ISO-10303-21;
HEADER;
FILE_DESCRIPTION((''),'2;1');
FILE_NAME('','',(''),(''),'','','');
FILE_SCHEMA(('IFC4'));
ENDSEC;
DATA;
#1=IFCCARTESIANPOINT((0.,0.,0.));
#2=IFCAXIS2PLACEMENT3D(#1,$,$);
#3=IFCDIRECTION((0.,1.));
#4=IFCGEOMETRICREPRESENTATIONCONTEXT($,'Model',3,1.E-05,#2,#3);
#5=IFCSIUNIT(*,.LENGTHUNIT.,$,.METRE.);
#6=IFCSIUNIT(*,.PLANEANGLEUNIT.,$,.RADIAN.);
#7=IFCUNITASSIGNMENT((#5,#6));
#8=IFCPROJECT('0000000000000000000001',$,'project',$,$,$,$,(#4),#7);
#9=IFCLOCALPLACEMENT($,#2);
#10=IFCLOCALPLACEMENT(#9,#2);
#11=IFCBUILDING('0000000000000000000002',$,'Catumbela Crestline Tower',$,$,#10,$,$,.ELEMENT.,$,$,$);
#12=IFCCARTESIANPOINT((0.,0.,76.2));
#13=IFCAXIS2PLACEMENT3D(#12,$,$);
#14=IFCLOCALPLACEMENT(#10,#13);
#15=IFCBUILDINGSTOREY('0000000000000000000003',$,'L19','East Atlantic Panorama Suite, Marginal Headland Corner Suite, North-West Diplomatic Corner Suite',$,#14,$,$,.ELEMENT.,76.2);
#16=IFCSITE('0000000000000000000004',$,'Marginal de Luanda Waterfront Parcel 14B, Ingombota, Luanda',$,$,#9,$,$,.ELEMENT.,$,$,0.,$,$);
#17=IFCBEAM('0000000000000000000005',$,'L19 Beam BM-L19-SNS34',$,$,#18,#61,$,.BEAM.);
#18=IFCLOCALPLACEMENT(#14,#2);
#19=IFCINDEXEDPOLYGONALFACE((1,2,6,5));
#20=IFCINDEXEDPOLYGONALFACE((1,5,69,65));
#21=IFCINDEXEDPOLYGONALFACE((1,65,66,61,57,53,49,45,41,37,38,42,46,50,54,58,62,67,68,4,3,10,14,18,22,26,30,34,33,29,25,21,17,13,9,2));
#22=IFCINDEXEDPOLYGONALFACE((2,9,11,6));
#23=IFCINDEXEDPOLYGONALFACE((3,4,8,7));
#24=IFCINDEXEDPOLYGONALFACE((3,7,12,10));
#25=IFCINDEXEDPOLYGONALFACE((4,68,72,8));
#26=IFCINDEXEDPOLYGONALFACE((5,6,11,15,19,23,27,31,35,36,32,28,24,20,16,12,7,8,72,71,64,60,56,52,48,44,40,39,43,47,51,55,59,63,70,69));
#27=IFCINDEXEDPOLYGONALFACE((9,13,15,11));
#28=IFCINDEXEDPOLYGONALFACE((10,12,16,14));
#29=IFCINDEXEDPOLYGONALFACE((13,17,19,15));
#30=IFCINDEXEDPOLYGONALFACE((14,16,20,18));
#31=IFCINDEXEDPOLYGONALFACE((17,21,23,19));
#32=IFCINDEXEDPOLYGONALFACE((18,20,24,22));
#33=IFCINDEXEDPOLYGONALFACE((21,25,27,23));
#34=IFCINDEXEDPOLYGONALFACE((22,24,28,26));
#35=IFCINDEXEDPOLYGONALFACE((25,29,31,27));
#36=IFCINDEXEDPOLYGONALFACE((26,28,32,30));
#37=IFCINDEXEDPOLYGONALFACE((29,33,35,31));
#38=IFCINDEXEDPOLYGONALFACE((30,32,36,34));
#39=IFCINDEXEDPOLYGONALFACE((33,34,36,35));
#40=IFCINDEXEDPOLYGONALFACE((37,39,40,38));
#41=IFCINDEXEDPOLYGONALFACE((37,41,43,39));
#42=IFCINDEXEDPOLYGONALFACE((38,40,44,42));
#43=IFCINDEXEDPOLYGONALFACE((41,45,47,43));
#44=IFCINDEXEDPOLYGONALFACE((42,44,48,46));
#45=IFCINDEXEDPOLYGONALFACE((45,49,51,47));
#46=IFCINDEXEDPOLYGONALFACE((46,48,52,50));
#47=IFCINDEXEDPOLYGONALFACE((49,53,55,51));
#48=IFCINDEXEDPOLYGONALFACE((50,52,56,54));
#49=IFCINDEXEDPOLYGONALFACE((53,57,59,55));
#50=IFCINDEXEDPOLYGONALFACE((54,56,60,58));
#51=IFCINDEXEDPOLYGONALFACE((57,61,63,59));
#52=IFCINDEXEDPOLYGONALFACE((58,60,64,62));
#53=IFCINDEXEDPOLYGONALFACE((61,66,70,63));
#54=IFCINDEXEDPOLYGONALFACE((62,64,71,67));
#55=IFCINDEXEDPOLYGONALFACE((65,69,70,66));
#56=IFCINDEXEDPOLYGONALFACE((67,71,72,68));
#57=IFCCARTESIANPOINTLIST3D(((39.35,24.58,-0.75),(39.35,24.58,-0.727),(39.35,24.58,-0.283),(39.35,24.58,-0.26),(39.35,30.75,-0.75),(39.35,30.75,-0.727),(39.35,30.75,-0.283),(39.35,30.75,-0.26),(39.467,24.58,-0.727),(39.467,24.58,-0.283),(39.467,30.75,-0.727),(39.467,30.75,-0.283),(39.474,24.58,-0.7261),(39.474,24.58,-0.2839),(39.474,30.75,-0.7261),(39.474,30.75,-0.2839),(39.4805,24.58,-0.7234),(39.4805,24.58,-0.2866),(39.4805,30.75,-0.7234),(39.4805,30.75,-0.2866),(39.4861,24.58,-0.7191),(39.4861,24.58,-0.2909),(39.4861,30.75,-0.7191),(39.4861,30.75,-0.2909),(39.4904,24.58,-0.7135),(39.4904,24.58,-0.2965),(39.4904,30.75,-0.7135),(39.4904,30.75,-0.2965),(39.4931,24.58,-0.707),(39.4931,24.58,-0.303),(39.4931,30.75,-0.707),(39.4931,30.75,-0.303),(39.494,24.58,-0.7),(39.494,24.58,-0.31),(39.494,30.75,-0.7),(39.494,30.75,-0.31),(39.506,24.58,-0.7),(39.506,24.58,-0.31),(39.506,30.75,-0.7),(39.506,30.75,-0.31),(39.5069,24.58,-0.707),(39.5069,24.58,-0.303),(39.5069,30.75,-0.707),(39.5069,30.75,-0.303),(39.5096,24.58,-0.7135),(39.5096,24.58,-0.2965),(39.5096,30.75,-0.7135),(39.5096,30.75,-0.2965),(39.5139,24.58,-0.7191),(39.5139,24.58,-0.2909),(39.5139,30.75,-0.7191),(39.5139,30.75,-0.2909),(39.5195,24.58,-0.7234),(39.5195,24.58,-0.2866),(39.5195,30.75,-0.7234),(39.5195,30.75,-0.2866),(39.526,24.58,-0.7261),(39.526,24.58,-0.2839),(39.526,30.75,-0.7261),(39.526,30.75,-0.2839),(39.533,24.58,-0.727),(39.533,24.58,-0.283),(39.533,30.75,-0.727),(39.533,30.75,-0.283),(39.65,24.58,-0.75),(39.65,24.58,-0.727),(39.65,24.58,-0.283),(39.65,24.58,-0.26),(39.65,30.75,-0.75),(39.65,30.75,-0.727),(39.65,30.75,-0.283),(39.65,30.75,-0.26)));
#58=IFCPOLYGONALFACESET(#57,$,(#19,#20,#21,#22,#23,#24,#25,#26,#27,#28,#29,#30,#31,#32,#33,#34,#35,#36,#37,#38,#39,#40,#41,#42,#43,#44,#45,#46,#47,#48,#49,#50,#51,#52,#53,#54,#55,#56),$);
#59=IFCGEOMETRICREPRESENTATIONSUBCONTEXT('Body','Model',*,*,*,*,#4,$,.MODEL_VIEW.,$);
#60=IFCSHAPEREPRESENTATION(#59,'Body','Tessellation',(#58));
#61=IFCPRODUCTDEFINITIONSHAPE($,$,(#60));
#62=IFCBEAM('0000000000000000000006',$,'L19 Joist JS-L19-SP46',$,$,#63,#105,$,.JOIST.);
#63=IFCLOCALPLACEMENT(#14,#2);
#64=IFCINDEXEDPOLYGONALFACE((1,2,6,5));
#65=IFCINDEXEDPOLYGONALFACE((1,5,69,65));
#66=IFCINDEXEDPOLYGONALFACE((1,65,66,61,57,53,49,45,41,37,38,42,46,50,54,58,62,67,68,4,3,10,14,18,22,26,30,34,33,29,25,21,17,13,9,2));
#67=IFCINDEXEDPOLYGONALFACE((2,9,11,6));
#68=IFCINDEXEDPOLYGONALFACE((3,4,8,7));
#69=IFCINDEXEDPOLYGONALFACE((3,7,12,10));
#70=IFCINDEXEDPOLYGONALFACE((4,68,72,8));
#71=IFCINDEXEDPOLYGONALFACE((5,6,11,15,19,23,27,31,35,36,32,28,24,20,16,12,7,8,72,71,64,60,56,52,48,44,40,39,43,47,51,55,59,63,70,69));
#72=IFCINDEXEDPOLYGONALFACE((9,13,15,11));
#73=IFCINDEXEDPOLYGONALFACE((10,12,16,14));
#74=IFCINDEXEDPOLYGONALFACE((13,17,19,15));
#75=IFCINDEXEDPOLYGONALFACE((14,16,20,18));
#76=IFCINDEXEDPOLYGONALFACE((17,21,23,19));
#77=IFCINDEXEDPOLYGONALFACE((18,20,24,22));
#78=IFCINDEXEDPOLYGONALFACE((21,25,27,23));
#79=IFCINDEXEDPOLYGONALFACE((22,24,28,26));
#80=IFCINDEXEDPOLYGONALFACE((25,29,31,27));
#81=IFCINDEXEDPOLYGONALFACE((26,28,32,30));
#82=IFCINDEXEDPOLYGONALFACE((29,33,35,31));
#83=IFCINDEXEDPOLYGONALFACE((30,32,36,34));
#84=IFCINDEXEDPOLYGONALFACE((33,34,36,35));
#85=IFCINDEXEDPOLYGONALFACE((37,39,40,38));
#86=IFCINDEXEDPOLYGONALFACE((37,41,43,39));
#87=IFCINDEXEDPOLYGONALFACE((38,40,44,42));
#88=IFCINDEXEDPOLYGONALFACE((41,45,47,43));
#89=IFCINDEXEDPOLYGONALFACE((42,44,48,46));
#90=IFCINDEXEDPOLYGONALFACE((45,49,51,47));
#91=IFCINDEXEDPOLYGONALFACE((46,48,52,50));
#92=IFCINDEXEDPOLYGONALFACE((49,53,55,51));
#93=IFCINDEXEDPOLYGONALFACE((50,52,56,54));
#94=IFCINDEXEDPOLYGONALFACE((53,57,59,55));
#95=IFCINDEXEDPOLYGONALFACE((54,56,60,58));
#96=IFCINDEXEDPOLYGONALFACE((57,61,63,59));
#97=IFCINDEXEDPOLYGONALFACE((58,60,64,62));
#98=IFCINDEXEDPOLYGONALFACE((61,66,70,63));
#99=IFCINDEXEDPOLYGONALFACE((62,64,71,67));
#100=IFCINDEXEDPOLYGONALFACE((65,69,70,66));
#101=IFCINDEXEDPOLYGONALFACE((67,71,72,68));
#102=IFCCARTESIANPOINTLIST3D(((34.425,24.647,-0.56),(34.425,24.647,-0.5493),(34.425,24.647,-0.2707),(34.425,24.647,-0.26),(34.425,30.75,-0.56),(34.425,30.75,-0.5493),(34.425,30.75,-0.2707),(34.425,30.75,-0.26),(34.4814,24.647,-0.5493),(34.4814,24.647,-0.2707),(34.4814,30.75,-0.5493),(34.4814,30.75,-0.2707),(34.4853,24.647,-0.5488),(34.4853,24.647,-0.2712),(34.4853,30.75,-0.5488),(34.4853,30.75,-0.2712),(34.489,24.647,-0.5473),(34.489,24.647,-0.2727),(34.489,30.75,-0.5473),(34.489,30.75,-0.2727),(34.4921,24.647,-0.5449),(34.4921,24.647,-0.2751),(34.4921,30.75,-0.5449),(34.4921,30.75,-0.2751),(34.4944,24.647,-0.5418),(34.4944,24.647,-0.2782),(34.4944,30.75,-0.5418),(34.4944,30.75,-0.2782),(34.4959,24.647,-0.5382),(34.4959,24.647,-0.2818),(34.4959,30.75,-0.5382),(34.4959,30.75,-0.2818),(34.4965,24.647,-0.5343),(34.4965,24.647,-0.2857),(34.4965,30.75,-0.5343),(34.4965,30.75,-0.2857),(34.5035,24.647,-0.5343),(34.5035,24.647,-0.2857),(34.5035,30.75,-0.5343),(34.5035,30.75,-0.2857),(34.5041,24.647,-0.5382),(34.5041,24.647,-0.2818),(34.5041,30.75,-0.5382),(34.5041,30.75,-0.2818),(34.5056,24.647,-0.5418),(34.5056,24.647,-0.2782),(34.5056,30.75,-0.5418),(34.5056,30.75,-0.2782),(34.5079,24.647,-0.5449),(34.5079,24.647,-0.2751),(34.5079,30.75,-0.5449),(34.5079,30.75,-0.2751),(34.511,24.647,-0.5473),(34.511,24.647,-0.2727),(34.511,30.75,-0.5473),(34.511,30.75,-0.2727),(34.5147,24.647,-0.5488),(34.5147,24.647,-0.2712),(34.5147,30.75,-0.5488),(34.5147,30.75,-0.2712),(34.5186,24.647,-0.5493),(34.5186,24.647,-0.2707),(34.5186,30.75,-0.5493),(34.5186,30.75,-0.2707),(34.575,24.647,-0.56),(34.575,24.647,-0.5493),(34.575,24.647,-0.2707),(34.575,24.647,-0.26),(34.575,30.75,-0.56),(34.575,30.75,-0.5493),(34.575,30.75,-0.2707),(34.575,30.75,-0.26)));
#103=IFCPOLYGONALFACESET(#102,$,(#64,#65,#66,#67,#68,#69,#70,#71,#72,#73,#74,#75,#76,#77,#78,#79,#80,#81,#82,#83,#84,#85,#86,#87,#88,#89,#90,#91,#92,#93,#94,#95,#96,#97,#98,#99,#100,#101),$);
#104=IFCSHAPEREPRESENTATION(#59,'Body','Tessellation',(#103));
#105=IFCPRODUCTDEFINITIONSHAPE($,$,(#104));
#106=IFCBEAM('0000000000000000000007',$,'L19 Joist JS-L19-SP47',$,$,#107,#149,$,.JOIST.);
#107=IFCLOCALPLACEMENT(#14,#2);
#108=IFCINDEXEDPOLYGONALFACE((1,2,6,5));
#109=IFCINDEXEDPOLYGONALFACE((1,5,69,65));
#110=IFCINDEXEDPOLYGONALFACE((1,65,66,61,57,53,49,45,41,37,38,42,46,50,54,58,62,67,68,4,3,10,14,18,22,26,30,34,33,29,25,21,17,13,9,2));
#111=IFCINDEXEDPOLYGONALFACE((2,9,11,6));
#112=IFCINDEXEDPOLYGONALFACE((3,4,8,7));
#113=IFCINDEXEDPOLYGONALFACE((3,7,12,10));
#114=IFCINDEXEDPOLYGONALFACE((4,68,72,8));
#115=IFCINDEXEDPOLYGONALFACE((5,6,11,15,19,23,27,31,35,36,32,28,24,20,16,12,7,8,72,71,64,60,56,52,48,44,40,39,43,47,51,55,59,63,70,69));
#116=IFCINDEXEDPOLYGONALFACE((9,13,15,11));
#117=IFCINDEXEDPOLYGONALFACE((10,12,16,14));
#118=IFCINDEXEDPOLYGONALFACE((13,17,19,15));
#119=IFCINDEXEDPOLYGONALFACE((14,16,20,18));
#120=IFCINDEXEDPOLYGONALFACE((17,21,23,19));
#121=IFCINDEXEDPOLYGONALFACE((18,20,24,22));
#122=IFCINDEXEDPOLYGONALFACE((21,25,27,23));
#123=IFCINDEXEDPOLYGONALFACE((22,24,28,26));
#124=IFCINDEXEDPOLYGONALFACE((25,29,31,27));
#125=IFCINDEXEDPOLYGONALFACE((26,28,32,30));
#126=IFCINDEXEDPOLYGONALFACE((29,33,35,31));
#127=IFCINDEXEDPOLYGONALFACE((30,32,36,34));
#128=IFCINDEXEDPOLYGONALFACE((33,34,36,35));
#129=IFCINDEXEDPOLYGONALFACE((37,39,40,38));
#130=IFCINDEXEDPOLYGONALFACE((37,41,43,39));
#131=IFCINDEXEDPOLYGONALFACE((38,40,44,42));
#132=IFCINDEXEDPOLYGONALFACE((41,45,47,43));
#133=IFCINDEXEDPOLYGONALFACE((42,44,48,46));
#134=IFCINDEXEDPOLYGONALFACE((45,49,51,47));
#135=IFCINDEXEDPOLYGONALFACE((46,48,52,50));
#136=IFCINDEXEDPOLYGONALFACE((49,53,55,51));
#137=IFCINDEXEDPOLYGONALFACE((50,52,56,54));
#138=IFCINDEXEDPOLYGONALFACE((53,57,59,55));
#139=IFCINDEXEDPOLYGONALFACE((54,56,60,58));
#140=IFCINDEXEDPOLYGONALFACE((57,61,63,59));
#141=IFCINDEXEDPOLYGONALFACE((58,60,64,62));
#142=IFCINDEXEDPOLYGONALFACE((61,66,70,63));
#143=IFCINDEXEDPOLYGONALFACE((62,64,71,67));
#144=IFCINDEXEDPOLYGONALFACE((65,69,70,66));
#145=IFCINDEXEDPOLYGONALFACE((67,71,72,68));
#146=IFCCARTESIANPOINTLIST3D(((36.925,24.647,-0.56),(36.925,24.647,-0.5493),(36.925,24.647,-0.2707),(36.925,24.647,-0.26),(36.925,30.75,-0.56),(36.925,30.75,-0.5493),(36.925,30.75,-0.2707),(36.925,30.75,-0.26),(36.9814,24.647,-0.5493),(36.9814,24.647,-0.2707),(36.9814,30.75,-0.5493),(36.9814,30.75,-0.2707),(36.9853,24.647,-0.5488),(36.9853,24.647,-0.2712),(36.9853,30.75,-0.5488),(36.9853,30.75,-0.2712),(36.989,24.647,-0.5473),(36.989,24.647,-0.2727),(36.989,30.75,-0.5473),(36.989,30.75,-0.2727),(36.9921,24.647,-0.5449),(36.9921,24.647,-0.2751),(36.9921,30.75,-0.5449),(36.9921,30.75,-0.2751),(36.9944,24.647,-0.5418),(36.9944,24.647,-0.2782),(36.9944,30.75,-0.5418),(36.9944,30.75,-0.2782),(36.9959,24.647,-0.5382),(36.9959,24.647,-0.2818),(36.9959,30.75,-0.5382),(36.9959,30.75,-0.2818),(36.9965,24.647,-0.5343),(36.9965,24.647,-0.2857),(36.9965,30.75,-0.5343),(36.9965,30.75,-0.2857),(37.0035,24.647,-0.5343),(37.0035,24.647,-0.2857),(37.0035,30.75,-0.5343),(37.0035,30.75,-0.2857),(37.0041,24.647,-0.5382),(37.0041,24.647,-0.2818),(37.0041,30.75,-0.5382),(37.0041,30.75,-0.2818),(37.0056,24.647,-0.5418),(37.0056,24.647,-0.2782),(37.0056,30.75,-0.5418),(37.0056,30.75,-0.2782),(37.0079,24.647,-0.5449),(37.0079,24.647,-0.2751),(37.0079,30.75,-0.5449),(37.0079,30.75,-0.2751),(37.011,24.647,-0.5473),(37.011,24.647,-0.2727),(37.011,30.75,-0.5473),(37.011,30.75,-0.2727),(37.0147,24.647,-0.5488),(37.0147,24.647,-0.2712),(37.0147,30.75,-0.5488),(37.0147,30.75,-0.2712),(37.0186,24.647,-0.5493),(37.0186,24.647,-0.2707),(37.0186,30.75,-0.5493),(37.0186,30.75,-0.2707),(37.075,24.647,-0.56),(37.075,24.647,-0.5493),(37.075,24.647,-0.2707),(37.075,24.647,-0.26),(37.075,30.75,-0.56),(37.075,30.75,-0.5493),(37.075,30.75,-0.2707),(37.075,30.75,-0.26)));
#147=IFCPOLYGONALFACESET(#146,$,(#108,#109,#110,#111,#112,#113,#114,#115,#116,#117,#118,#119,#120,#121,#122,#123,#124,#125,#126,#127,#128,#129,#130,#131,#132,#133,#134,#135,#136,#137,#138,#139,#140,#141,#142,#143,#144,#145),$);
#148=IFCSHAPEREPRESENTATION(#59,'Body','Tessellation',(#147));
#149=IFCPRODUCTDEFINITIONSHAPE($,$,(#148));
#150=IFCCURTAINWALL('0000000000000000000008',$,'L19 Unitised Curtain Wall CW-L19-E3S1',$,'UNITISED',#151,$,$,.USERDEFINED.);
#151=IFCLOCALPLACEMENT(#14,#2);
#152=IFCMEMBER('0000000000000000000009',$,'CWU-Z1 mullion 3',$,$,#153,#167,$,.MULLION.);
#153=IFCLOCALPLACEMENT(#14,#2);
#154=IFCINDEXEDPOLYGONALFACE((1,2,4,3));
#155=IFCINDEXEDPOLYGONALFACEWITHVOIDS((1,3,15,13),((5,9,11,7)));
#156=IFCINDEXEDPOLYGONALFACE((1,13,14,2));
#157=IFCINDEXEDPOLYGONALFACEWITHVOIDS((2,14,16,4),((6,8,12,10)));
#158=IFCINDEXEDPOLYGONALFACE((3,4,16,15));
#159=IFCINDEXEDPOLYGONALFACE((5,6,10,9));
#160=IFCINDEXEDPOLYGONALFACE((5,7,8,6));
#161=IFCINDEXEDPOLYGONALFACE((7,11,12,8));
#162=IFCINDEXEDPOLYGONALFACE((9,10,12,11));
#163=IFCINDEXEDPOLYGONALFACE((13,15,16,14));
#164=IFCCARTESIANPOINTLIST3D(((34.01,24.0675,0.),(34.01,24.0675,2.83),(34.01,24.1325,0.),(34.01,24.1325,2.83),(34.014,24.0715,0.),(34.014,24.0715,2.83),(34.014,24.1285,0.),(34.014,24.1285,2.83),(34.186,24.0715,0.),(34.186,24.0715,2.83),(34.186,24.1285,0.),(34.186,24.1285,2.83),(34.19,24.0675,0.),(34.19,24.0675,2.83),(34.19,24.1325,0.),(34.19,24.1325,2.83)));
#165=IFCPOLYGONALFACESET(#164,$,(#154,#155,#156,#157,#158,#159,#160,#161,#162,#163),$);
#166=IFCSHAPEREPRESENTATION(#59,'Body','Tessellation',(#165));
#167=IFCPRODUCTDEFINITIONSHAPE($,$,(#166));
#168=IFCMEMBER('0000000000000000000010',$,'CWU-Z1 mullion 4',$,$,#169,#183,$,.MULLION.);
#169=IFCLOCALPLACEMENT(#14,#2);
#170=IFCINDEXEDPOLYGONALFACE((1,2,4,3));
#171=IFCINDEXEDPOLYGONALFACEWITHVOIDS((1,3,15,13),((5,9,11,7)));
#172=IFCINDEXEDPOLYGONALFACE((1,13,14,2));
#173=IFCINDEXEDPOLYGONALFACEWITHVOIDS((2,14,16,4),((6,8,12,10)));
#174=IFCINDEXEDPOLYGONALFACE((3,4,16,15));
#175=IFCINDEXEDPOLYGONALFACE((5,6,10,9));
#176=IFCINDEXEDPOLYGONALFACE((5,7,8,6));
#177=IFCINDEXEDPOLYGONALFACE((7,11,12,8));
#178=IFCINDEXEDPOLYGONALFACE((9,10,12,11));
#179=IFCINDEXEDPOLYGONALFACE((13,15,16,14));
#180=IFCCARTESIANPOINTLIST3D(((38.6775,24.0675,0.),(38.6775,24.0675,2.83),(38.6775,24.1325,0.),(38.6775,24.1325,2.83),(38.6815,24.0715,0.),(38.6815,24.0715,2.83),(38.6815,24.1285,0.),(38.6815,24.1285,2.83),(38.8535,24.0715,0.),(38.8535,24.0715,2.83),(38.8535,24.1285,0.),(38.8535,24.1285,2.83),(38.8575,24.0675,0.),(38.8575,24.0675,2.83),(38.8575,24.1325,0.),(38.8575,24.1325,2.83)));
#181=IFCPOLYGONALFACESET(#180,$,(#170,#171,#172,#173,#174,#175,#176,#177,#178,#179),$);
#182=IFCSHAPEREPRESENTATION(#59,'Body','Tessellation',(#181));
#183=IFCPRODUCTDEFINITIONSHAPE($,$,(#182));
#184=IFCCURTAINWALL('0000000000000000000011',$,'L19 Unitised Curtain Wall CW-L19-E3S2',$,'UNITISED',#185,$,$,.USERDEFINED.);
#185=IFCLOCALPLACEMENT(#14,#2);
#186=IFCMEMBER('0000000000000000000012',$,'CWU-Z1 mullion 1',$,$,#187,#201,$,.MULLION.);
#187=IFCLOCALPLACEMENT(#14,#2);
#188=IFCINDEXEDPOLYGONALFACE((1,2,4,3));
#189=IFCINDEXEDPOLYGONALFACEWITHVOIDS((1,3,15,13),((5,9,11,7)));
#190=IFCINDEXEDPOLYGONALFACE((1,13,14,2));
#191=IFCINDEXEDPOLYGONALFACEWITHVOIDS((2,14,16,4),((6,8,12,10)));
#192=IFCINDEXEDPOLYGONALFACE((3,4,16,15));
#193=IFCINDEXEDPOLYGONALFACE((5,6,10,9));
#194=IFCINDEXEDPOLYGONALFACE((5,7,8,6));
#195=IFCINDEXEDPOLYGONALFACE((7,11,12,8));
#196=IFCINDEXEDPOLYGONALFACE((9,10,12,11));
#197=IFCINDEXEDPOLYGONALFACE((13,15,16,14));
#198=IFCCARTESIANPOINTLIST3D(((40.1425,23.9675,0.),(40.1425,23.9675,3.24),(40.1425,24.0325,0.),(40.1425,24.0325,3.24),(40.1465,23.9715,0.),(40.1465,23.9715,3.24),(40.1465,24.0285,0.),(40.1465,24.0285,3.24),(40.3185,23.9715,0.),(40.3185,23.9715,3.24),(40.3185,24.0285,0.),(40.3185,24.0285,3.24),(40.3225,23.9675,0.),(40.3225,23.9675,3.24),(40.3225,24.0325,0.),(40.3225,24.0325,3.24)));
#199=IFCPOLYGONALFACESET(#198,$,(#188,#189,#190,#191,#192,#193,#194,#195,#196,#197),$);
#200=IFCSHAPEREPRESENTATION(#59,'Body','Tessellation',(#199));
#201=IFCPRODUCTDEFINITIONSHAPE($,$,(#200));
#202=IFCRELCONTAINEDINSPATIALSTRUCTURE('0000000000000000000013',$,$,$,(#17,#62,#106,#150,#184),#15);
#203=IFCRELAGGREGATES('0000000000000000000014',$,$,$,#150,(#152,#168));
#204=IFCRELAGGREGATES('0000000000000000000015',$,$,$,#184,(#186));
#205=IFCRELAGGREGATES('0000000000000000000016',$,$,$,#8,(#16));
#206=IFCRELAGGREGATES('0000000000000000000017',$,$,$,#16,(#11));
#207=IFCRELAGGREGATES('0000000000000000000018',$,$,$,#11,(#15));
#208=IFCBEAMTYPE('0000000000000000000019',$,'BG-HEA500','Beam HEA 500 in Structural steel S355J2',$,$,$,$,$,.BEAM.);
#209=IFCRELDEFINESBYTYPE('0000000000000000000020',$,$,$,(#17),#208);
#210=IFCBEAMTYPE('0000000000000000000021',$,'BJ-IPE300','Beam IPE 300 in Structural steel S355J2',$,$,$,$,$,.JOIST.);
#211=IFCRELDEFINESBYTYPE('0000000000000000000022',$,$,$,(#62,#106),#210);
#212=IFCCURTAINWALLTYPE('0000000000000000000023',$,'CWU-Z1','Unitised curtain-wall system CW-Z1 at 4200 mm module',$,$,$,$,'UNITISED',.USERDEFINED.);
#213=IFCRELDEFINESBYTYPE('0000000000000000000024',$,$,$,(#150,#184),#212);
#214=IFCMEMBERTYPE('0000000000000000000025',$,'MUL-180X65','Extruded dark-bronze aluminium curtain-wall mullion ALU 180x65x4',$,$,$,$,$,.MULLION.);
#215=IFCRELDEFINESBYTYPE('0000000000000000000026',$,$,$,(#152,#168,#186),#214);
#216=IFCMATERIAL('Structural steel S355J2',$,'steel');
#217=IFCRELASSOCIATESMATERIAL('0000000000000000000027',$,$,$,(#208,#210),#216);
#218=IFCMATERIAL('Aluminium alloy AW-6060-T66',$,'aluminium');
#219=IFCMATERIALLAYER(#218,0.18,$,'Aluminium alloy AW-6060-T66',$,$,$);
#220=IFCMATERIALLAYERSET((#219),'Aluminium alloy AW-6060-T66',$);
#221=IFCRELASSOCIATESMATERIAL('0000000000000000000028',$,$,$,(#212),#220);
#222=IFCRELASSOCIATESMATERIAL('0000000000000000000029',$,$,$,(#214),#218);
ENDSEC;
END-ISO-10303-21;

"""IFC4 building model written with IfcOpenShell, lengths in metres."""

from ifc_helpers import new_model, si_unit, direction, frame, origin, origin_2d, place, context, subcontext, project, spatial, hollow_rectangle, i_section, extrude, material, layer, layer_set, material_profile, profile_set, type_object, element, aggregate, save


model = new_model("IFC4")

# Units and contexts
model_context = context("Model", 3, precision=1e-05, world=origin(), true_north=direction((0.0, 1.0)))
body_context = subcontext(model_context, "Body", "Model", "MODEL_VIEW")
ifc_project = project(units=[si_unit("LENGTHUNIT", "METRE"), si_unit("PLANEANGLEUNIT", "RADIAN")], contexts=[model_context])

# Site, building, storey
site_placement = place(None, origin())
site = spatial("IfcSite", under=ifc_project, at=site_placement, Name="Marginal de Luanda Waterfront Parcel 14B, Ingombota, Luanda", CompositionType="ELEMENT", RefElevation=0.0)
building_placement = place(site_placement, origin())
building = spatial("IfcBuilding", under=site, at=building_placement, Name="Catumbela Crestline Tower", CompositionType="ELEMENT")
storey_placement = place(building_placement, frame((0.0, 0.0, 76.2)))
storey = spatial("IfcBuildingStorey", under=building, at=storey_placement, Name="L19", Description="East Atlantic Panorama Suite, Marginal Headland Corner Suite, North-West Diplomatic Corner Suite", CompositionType="ELEMENT", Elevation=76.2)

# Beams
ifc_material_1 = material(Name="Structural steel S355J2", Category="steel")
ifc_material_profile_1 = material_profile(ifc_material_1, i_section(OverallWidth=0.3, OverallDepth=0.49, WebThickness=0.012, FlangeThickness=0.023, FilletRadius=0.027, at=origin_2d()), Name="HEA 500")
ifc_profile_set_1 = profile_set([ifc_material_profile_1], Name="Structural steel S355J2")
beam_type_1 = type_object("IfcBeamType", Name="BG-HEA500", Description="Beam HEA 500 in Structural steel S355J2", PredefinedType="BEAM", material=ifc_profile_set_1)
beam_1_placement = place(storey_placement, frame((39.5, 24.58, -0.505), z_axis=(0.0, 1.0, 0.0), x_axis=(-1.0, 0.0, 0.0)))
element("IfcBeam", 1, at=beam_1_placement, inside=storey, type_object=beam_type_1, Name="L19 Beam BM-L19-SNS34", PredefinedType="BEAM", context=body_context, shape_type="SweptSolid", body=[
    extrude(i_section(OverallWidth=0.3, OverallDepth=0.49, WebThickness=0.012, FlangeThickness=0.023, FilletRadius=0.027, at=origin_2d()), origin(), (0.0, 0.0, 1.0), 6.17),
])
ifc_material_profile_2 = material_profile(ifc_material_1, i_section(OverallWidth=0.15, OverallDepth=0.3, WebThickness=0.0071, FlangeThickness=0.0107, FilletRadius=0.015, at=origin_2d()), Name="IPE 300")
ifc_profile_set_2 = profile_set([ifc_material_profile_2], Name="Structural steel S355J2")
beam_type_2 = type_object("IfcBeamType", Name="BJ-IPE300", Description="Beam IPE 300 in Structural steel S355J2", PredefinedType="JOIST", material=ifc_profile_set_2)
for number, where, z_axis, x_axis, name in (
    (2, (34.5, 24.647, -0.41), (0.0, 1.0, 0.0), (-1.0, 0.0, 0.0), "L19 Joist JS-L19-SP46"),
    (3, (37.0, 24.647, -0.41), (0.0, 1.0, 0.0), (-1.0, 0.0, 0.0), "L19 Joist JS-L19-SP47"),
):
    element("IfcBeam", number, at=place(storey_placement, frame(where, z_axis=z_axis, x_axis=x_axis)), inside=storey, type_object=beam_type_2, Name=name, PredefinedType="JOIST", context=body_context, shape_type="SweptSolid", body=[
        extrude(i_section(OverallWidth=0.15, OverallDepth=0.3, WebThickness=0.0071, FlangeThickness=0.0107, FilletRadius=0.015, at=origin_2d()), origin(), (0.0, 0.0, 1.0), 6.103),
    ])

# Curtain walls, members
ifc_material_2 = material(Name="Aluminium alloy AW-6060-T66", Category="aluminium")
ifc_layer_1 = layer(ifc_material_2, 0.18, Name="Aluminium alloy AW-6060-T66")
ifc_layer_set_1 = layer_set([ifc_layer_1], Name="Aluminium alloy AW-6060-T66")
curtain_wall_type = type_object("IfcCurtainWallType", Name="CWU-Z1", Description="Unitised curtain-wall system CW-Z1 at 4200 mm module", ElementType="UNITISED", PredefinedType="USERDEFINED", material=ifc_layer_set_1)
curtain_wall_1_placement = place(storey_placement, origin())
curtain_wall_1 = element("IfcCurtainWall", 4, at=curtain_wall_1_placement, inside=storey, type_object=curtain_wall_type, Name="L19 Unitised Curtain Wall CW-L19-E3S1", ObjectType="UNITISED", PredefinedType="USERDEFINED")
ifc_material_profile_3 = material_profile(ifc_material_2, hollow_rectangle(XDim=0.065, YDim=0.18, WallThickness=0.004, at=origin_2d()), Name="ALU 180x65x4")
ifc_profile_set_3 = profile_set([ifc_material_profile_3], Name="Aluminium alloy AW-6060-T66")
member_type_1 = type_object("IfcMemberType", Name="MUL-180X65", Description="Extruded dark-bronze aluminium curtain-wall mullion ALU 180x65x4", PredefinedType="MULLION", material=ifc_profile_set_3)
member_1_placement = place(storey_placement, frame((34.1, 24.1, 0.0), z_axis=(0.0, 0.0, 1.0), x_axis=(0.0, 1.0, 0.0)))
member_1 = element("IfcMember", 5, at=member_1_placement, type_object=member_type_1, Name="CWU-Z1 mullion 3", PredefinedType="MULLION", context=body_context, shape_type="SweptSolid", body=[
    extrude(hollow_rectangle(XDim=0.065, YDim=0.18, WallThickness=0.004, at=origin_2d()), origin(), (0.0, 0.0, 1.0), 2.83),
])
member_2_placement = place(storey_placement, frame((38.7675, 24.1, 0.0), z_axis=(0.0, 0.0, 1.0), x_axis=(0.0, 1.0, 0.0)))
member_2 = element("IfcMember", 6, at=member_2_placement, type_object=member_type_1, Name="CWU-Z1 mullion 4", PredefinedType="MULLION", context=body_context, shape_type="SweptSolid", body=[
    extrude(hollow_rectangle(XDim=0.065, YDim=0.18, WallThickness=0.004, at=origin_2d()), origin(), (0.0, 0.0, 1.0), 2.83),
])
curtain_wall_2_placement = place(storey_placement, origin())
curtain_wall_2 = element("IfcCurtainWall", 7, at=curtain_wall_2_placement, inside=storey, type_object=curtain_wall_type, Name="L19 Unitised Curtain Wall CW-L19-E3S2", ObjectType="UNITISED", PredefinedType="USERDEFINED")
member_3_placement = place(storey_placement, frame((40.2325, 24.0, 0.0), z_axis=(0.0, 0.0, 1.0), x_axis=(0.0, 1.0, 0.0)))
member_3 = element("IfcMember", 8, at=member_3_placement, type_object=member_type_1, Name="CWU-Z1 mullion 1", PredefinedType="MULLION", context=body_context, shape_type="SweptSolid", body=[
    extrude(hollow_rectangle(XDim=0.065, YDim=0.18, WallThickness=0.004, at=origin_2d()), origin(), (0.0, 0.0, 1.0), 3.24),
])

aggregate(curtain_wall_1, [member_1, member_2])
aggregate(curtain_wall_2, [member_3])

save(model, "model.ifc")
